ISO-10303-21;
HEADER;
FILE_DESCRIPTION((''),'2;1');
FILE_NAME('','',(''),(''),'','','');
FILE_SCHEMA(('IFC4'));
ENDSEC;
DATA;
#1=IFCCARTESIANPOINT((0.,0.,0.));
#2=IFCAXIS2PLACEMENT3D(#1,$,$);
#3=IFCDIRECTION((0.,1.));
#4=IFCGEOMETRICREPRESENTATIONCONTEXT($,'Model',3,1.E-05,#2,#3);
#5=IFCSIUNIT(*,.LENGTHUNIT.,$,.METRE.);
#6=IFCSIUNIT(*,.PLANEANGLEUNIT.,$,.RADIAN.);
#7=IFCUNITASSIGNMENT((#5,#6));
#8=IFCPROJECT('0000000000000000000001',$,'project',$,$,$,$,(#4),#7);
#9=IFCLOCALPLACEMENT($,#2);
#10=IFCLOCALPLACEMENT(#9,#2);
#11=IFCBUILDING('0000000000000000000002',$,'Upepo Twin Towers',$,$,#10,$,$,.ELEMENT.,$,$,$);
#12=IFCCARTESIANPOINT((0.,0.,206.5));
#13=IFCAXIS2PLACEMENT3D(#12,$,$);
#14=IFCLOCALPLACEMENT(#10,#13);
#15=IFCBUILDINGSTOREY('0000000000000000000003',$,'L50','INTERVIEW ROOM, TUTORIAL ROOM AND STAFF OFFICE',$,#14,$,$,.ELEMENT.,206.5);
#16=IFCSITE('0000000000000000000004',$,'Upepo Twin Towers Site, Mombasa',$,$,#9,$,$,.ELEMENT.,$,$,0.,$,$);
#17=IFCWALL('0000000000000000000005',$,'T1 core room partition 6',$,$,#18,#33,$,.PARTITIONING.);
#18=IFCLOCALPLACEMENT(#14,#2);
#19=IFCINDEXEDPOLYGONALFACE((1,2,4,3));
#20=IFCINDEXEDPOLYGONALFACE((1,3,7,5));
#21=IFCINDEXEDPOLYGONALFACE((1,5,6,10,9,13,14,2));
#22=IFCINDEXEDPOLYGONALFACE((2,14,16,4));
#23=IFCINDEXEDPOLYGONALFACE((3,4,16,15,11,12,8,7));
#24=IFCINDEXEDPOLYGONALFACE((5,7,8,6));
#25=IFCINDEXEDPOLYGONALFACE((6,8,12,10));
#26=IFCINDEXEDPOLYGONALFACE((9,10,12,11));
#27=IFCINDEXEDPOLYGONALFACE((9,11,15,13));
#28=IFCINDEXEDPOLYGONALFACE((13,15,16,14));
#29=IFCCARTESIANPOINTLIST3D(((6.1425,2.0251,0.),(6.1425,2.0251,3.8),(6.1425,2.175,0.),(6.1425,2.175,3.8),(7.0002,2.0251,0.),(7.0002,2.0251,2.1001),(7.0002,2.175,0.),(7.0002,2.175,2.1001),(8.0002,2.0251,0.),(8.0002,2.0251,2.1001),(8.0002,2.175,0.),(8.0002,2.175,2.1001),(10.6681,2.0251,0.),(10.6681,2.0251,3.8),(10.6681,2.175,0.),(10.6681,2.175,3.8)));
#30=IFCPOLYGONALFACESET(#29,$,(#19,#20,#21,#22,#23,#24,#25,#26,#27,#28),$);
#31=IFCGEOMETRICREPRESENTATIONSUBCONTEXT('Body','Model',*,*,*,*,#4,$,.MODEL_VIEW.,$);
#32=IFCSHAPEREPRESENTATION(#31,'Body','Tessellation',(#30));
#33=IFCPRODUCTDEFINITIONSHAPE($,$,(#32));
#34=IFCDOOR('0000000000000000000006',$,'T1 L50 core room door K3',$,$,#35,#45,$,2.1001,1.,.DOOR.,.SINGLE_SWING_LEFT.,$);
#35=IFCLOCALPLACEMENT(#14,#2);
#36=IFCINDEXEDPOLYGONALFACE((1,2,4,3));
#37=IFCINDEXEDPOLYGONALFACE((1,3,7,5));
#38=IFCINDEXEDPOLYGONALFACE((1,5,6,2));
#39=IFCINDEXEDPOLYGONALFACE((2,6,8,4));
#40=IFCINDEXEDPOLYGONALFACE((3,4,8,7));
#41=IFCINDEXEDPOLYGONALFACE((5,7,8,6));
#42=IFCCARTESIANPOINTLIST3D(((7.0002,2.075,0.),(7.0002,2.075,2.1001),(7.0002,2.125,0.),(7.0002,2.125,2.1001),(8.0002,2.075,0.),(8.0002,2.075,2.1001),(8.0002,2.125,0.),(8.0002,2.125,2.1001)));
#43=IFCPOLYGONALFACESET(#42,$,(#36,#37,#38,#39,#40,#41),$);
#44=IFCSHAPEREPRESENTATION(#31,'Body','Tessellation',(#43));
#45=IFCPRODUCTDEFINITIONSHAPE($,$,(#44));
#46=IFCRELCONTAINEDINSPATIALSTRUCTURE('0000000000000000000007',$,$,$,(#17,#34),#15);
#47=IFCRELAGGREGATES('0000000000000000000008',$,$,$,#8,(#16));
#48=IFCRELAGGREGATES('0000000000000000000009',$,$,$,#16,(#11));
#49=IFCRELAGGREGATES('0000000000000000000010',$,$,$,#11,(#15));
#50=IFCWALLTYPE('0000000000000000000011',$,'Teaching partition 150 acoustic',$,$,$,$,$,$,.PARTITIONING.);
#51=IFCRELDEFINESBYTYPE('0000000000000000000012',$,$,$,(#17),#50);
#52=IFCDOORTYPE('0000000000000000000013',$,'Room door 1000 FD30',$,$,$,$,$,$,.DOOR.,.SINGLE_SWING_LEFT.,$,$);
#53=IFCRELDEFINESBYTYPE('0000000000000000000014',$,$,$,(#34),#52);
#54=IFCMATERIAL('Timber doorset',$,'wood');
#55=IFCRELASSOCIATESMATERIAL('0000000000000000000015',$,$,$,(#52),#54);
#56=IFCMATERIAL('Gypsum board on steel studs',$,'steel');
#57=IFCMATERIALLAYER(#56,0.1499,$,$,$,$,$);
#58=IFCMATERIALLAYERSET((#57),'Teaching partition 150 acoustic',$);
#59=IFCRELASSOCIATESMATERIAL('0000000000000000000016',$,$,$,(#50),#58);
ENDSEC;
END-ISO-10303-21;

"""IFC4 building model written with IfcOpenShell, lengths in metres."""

from ifc_helpers import new_model, si_unit, direction, frame, frame_2d, origin, place, context, subcontext, project, spatial, rectangle, extrude, material, layer, layer_set, type_object, element, fill, save


model = new_model("IFC4")

# Units and contexts
model_context = context("Model", 3, precision=1e-05, world=origin(), true_north=direction((0.0, 1.0)))
body_context = subcontext(model_context, "Body", "Model", "MODEL_VIEW")
ifc_project = project(units=[si_unit("LENGTHUNIT", "METRE"), si_unit("PLANEANGLEUNIT", "RADIAN")], contexts=[model_context])

# Site, building, storey
site_placement = place(None, origin())
site = spatial("IfcSite", under=ifc_project, at=site_placement, Name="Upepo Twin Towers Site, Mombasa", CompositionType="ELEMENT", RefElevation=0.0)
building_placement = place(site_placement, origin())
building = spatial("IfcBuilding", under=site, at=building_placement, Name="Upepo Twin Towers", CompositionType="ELEMENT")
storey_placement = place(building_placement, frame((0.0, 0.0, 206.5)))
storey = spatial("IfcBuildingStorey", under=building, at=storey_placement, Name="L50", Description="INTERVIEW ROOM, TUTORIAL ROOM AND STAFF OFFICE", CompositionType="ELEMENT", Elevation=206.5)

# Shared definitions
ifc_material_1 = material(Name="Timber doorset", Category="wood")
door_type_1 = type_object("IfcDoorType", Name="Room door 1000 FD30", OperationType="SINGLE_SWING_LEFT", PredefinedType="DOOR", material=ifc_material_1)

# Shared definitions
ifc_material_2 = material(Name="Gypsum board on steel studs", Category="steel")
ifc_layer_1 = layer(ifc_material_2, 0.1499)
ifc_layer_set_1 = layer_set([ifc_layer_1], Name="Teaching partition 150 acoustic")
wall_type_1 = type_object("IfcWallType", Name="Teaching partition 150 acoustic", PredefinedType="PARTITIONING", material=ifc_layer_set_1)

# Wall, opening, door
wall_1_placement = place(storey_placement, frame((6.1426, 2.1001, 0.0), z_axis=(0.0, 0.0, 1.0), x_axis=(1.0, 0.0, 0.0)))
wall_1 = element("IfcWall", 1, at=wall_1_placement, inside=storey, type_object=wall_type_1, Name="T1 core room partition 6", PredefinedType="PARTITIONING", context=body_context, shape_type="SweptSolid", body=[
    extrude(rectangle(XDim=4.5256, YDim=0.1499, at=frame_2d((2.2627, 0.0))), origin(), (0.0, 0.0, 1.0), 3.8),
])
opening_1_placement = place(wall_1_placement, frame((0.8577, 0.0, 0.0)))
opening_1 = element("IfcOpeningElement", 2, at=opening_1_placement, cuts=wall_1, PredefinedType="OPENING", context=body_context, shape_type="SweptSolid", body=[
    extrude(rectangle(XDim=1.0, YDim=2.1001, at=frame_2d((0.5, 1.05))), frame((0.0, 0.085, 0.0), z_axis=(0.0, -1.0, 0.0), x_axis=(1.0, 0.0, 0.0)), (0.0, 0.0, 1.0), 0.1699),
])
door_1_placement = place(opening_1_placement, origin())
door_1 = element("IfcDoor", 3, at=door_1_placement, inside=storey, type_object=door_type_1, Name="T1 L50 core room door K3", OperationType="SINGLE_SWING_LEFT", OverallHeight=2.1001, OverallWidth=1.0, PredefinedType="DOOR", context=body_context, shape_type="SweptSolid", body=[
    extrude(rectangle(XDim=1.0, YDim=2.1001, at=frame_2d((0.5, 1.05))), frame((0.0, 0.0249, 0.0), z_axis=(0.0, -1.0, 0.0), x_axis=(1.0, 0.0, 0.0)), (0.0, 0.0, 1.0), 0.05),
])
fill(opening_1, door_1)

save(model, "model.ifc")
